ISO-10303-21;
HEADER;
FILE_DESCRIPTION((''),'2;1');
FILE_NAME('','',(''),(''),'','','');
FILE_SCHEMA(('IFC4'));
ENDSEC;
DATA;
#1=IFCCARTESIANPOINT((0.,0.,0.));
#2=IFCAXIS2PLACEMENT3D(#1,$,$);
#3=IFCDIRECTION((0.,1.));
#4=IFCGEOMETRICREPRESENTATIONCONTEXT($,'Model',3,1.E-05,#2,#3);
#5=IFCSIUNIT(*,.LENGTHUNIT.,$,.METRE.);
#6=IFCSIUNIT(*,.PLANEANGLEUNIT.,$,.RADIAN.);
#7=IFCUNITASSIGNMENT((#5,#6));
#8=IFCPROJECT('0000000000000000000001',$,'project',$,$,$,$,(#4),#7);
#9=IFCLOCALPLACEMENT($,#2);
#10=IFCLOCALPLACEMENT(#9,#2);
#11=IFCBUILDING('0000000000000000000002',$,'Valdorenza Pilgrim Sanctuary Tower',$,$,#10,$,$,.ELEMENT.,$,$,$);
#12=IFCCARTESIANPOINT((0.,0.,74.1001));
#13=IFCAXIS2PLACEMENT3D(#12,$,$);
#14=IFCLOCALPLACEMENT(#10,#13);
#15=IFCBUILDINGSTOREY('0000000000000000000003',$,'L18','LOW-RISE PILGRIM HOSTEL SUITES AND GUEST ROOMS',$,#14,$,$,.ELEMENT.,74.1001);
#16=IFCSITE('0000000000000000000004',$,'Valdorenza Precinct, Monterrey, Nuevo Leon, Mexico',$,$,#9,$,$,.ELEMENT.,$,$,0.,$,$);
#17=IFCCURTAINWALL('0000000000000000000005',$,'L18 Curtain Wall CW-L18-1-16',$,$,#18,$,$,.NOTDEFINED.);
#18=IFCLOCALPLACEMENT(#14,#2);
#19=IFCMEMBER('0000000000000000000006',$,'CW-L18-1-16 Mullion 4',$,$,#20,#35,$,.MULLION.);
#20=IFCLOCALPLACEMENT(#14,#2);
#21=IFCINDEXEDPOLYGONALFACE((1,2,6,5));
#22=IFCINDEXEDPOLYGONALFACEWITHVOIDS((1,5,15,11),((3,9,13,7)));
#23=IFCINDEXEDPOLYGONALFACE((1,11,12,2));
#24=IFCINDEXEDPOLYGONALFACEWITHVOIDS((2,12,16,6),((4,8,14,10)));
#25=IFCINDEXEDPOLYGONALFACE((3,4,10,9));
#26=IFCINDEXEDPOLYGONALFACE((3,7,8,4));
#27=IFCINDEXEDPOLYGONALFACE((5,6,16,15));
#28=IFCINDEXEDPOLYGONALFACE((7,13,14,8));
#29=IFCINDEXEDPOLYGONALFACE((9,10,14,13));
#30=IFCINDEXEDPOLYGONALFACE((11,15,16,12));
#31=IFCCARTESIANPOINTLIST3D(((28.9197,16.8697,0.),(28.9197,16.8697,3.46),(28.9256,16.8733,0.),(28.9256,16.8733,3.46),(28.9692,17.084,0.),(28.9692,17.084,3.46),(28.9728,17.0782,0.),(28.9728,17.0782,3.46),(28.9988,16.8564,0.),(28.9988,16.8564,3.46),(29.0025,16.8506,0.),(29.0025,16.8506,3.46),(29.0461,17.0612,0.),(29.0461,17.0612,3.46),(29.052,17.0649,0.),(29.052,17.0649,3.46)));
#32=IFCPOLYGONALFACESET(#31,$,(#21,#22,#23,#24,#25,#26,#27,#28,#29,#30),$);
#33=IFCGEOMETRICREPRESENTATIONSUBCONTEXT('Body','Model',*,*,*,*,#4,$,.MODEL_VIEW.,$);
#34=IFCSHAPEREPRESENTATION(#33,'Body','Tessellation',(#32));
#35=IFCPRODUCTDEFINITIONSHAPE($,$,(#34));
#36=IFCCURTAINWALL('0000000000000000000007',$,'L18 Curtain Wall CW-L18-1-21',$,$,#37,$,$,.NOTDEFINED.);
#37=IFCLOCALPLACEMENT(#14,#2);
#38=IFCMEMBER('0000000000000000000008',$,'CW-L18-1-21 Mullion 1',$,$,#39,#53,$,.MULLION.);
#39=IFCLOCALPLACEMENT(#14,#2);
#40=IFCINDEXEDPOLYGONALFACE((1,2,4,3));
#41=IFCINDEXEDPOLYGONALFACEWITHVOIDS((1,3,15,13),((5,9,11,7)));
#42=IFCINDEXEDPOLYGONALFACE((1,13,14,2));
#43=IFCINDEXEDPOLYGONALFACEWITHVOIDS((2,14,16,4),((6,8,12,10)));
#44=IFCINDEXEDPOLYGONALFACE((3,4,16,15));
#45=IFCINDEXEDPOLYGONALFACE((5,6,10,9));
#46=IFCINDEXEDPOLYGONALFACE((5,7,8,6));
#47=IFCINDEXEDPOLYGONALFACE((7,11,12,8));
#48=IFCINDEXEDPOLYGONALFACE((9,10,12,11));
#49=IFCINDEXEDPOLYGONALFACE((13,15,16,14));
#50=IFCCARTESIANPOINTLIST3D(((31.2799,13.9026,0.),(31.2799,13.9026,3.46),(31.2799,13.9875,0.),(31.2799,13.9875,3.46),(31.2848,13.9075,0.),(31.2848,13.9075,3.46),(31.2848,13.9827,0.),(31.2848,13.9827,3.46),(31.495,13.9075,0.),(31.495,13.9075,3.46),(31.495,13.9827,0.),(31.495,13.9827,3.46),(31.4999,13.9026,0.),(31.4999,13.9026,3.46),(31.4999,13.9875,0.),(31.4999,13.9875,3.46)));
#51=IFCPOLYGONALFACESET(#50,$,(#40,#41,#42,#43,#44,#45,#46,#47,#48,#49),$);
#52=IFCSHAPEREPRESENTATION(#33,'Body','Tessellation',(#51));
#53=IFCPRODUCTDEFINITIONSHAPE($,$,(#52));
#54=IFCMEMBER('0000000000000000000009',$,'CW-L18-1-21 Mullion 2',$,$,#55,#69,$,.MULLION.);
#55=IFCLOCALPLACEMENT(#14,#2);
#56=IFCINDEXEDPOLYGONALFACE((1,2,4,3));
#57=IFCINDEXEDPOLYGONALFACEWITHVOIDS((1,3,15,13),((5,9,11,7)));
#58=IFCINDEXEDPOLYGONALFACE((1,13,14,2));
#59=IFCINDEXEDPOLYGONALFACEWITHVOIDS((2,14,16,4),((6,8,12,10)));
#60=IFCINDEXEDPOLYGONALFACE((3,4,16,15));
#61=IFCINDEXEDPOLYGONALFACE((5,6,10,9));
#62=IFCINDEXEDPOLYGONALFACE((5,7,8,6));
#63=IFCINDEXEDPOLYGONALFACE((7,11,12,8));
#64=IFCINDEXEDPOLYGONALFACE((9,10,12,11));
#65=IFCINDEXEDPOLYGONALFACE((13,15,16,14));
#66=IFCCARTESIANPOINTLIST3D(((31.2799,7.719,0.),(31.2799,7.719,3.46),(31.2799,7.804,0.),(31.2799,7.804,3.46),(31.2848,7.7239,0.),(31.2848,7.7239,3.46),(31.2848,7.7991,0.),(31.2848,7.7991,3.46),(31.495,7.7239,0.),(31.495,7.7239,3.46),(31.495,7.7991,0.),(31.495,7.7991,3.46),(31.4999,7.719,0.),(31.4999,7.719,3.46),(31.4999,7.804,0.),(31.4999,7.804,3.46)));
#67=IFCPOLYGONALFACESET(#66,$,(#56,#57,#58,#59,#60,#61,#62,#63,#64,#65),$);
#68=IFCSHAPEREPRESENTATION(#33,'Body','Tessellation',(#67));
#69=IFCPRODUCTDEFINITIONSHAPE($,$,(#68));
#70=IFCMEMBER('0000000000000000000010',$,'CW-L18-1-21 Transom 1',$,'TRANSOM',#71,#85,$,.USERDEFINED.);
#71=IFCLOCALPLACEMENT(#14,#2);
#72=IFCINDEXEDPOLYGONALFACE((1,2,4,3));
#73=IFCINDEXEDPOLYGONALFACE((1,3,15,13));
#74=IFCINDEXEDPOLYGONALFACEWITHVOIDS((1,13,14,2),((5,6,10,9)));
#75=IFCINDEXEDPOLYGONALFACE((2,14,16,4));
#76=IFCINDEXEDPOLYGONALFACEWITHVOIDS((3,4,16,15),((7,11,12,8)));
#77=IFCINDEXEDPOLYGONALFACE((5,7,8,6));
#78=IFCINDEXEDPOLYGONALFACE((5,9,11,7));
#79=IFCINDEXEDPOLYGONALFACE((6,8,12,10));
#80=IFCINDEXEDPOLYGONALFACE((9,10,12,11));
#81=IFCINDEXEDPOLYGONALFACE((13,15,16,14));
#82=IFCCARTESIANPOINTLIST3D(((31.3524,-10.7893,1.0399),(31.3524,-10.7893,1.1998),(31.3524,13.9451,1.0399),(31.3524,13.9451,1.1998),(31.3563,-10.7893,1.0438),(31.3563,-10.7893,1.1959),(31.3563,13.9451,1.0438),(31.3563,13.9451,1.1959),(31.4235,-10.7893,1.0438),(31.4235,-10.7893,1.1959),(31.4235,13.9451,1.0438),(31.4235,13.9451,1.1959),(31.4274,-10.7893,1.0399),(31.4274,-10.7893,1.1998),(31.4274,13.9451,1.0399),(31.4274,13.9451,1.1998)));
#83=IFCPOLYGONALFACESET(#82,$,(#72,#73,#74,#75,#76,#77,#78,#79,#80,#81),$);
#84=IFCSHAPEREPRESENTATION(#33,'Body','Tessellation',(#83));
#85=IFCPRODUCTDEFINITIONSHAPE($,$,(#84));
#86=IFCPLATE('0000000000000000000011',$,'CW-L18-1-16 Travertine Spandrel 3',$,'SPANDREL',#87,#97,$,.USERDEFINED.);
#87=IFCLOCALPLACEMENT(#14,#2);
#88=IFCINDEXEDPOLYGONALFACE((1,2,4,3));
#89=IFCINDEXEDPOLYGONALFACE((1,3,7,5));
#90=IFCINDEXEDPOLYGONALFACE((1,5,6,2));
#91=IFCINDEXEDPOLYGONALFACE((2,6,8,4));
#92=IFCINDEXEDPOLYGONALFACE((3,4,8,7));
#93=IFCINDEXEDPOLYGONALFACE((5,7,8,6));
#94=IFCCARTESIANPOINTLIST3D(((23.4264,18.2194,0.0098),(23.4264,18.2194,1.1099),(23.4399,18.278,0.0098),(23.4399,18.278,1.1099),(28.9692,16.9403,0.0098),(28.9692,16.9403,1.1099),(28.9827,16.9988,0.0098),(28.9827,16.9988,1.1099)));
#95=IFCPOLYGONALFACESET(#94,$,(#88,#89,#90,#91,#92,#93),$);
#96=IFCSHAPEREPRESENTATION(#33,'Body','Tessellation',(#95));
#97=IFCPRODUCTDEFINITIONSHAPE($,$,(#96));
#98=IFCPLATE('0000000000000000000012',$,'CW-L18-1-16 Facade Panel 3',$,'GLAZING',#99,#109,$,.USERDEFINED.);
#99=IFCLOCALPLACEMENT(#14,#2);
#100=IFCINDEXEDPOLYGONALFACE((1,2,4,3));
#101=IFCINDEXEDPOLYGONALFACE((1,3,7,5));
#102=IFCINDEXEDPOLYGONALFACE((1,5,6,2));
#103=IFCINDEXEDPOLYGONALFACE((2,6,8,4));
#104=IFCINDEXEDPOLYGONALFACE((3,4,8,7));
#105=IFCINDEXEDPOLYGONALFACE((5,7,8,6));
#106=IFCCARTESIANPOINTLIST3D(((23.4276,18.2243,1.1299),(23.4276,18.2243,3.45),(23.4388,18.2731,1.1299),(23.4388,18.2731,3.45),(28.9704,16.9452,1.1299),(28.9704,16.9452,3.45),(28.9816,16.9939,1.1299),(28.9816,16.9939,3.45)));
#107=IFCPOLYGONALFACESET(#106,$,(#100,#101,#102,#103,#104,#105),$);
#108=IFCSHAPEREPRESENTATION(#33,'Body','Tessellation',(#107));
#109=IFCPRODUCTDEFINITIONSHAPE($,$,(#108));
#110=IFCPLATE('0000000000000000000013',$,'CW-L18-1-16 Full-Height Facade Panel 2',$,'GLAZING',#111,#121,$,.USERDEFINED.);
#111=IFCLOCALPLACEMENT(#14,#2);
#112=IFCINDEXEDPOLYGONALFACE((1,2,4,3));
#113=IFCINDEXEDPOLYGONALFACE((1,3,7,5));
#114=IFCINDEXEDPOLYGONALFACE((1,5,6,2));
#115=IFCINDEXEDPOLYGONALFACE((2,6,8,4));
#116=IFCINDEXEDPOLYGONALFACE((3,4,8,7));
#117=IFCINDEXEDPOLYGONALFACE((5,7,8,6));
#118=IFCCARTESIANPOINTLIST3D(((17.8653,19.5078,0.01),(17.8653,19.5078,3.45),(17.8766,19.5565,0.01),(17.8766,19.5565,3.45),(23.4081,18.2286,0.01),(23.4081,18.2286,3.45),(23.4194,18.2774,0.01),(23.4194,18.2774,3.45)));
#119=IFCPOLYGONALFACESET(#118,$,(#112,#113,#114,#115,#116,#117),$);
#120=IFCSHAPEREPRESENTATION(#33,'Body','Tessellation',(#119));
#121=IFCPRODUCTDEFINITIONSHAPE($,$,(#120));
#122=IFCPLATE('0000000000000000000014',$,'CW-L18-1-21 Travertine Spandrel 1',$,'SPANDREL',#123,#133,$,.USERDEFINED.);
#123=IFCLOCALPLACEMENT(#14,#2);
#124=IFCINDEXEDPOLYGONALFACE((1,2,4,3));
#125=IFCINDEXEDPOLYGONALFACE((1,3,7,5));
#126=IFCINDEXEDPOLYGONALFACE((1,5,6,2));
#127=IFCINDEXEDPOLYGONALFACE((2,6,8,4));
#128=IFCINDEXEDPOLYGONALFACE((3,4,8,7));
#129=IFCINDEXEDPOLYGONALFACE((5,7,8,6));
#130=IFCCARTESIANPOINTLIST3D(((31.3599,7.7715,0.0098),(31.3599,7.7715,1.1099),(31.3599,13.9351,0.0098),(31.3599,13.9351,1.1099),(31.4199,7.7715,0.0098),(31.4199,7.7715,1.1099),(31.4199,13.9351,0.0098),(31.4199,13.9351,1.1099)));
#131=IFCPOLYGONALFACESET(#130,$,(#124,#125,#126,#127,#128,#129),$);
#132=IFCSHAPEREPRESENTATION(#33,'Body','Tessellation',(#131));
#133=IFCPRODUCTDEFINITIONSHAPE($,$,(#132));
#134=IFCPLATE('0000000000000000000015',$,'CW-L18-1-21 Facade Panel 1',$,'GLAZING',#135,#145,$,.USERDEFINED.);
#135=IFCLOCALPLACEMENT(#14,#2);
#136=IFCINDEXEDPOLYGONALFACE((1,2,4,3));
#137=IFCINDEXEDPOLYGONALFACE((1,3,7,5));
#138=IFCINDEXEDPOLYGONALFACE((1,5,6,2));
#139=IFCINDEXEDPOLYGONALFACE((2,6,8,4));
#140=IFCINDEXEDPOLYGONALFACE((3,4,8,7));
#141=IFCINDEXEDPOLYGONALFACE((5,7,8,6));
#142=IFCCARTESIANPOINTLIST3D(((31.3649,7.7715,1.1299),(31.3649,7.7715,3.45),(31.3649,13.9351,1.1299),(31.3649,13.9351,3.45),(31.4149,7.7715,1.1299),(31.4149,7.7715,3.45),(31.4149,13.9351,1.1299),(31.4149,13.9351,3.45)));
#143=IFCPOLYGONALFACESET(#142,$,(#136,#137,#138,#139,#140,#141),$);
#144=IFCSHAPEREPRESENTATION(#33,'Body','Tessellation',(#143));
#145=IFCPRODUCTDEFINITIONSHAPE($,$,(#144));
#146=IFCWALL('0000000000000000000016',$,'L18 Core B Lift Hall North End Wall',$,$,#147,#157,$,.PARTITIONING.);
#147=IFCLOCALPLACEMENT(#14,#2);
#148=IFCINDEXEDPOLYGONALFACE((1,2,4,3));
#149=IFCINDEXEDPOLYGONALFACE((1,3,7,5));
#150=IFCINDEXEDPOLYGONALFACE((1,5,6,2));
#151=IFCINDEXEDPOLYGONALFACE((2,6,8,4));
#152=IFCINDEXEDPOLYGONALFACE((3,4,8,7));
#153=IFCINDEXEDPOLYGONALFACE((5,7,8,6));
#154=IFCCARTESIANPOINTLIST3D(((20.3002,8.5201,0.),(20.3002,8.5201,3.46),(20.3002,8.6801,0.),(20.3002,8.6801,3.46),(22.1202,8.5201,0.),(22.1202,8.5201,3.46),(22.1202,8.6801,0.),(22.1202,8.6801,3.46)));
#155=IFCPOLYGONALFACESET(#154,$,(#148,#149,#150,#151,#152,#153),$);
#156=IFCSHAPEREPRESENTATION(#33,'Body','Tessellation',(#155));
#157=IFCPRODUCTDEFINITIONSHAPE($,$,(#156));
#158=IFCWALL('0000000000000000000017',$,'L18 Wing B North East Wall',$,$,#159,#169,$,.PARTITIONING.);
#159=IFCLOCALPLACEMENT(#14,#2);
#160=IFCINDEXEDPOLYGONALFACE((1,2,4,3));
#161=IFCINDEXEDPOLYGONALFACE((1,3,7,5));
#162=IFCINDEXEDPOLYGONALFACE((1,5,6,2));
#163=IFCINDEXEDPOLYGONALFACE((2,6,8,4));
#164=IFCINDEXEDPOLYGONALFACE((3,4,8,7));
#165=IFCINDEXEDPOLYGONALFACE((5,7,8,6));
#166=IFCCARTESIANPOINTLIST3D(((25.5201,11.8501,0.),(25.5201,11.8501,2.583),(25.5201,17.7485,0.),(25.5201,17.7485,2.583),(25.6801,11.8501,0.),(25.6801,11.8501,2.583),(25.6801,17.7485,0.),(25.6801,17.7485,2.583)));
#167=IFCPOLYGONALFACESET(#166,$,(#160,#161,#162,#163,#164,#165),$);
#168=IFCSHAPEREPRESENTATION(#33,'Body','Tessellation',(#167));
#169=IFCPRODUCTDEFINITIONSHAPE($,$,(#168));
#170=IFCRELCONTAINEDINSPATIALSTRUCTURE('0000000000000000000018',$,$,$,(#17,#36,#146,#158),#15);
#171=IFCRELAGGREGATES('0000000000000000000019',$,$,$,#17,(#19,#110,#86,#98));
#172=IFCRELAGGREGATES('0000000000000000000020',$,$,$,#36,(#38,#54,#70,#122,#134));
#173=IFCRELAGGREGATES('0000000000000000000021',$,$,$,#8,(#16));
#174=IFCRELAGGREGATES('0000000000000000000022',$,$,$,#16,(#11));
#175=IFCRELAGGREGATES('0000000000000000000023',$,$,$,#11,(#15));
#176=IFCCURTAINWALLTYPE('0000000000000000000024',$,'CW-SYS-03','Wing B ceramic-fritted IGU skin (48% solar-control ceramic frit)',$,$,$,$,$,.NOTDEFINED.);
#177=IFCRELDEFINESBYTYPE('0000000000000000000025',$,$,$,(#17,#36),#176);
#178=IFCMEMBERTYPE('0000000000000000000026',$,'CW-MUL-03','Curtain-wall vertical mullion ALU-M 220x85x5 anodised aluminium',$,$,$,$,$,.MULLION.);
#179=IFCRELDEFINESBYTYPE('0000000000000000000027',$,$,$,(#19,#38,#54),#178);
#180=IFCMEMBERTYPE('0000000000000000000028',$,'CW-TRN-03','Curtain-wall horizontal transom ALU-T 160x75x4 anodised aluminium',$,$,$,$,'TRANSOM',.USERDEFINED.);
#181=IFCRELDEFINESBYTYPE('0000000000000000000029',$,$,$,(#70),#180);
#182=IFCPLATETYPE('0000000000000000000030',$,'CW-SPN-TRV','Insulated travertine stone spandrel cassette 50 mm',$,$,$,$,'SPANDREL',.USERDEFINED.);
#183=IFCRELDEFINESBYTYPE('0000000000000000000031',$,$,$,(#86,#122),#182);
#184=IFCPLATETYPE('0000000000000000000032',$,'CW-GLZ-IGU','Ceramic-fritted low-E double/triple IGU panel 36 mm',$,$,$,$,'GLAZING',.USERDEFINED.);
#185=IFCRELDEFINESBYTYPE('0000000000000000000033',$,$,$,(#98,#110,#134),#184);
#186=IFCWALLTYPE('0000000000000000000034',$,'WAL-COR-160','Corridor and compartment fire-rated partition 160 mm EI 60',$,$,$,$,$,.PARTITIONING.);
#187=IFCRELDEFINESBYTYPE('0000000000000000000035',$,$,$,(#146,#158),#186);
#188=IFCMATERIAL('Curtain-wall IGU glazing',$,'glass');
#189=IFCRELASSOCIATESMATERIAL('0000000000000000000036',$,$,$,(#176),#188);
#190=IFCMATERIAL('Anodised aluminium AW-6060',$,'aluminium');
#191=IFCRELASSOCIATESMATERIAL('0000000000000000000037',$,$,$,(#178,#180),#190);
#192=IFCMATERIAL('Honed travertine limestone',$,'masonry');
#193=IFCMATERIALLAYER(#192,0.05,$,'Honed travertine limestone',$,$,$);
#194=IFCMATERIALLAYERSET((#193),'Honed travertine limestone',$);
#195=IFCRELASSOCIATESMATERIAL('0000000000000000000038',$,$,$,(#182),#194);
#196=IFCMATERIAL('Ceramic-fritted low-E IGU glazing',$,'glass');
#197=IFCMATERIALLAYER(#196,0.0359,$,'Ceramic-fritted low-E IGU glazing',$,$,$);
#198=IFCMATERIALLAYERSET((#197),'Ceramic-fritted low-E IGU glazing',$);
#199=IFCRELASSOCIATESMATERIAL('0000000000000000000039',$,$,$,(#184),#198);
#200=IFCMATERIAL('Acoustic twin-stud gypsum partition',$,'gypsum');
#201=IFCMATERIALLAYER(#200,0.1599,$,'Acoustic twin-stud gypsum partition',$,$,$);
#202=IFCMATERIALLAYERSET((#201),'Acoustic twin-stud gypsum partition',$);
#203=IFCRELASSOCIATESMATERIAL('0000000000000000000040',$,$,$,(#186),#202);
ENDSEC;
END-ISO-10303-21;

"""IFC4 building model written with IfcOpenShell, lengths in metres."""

from ifc_helpers import new_model, si_unit, direction, frame, frame_2d, origin, origin_2d, place, context, subcontext, project, spatial, rectangle, hollow_rectangle, extrude, source, transform, mapped, material, layer, layer_set, material_profile, profile_set, type_object, element, aggregate, save


model = new_model("IFC4")

# Units and contexts
model_context = context("Model", 3, precision=1e-05, world=origin(), true_north=direction((0.0, 1.0)))
body_context = subcontext(model_context, "Body", "Model", "MODEL_VIEW")
ifc_project = project(units=[si_unit("LENGTHUNIT", "METRE"), si_unit("PLANEANGLEUNIT", "RADIAN")], contexts=[model_context])

# Site, building, storey
site_placement = place(None, origin())
site = spatial("IfcSite", under=ifc_project, at=site_placement, Name="Valdorenza Precinct, Monterrey, Nuevo Leon, Mexico", CompositionType="ELEMENT", RefElevation=0.0)
building_placement = place(site_placement, origin())
building = spatial("IfcBuilding", under=site, at=building_placement, Name="Valdorenza Pilgrim Sanctuary Tower", CompositionType="ELEMENT")
storey_placement = place(building_placement, frame((0.0, 0.0, 74.1001)))
storey = spatial("IfcBuildingStorey", under=building, at=storey_placement, Name="L18", Description="LOW-RISE PILGRIM HOSTEL SUITES AND GUEST ROOMS", CompositionType="ELEMENT", Elevation=74.1001)

# Curtain walls, members
ifc_material_1 = material(Name="Curtain-wall IGU glazing", Category="glass")
curtain_wall_type = type_object("IfcCurtainWallType", Name="CW-SYS-03", Description="Wing B ceramic-fritted IGU skin (48% solar-control ceramic frit)", PredefinedType="NOTDEFINED", material=ifc_material_1)
curtain_wall_1_placement = place(storey_placement, origin())
curtain_wall_1 = element("IfcCurtainWall", 1, at=curtain_wall_1_placement, inside=storey, type_object=curtain_wall_type, Name="L18 Curtain Wall CW-L18-1-16", PredefinedType="NOTDEFINED")
ifc_material_2 = material(Name="Anodised aluminium AW-6060", Category="aluminium")
ifc_material_profile_1 = material_profile(ifc_material_2, hollow_rectangle(XDim=0.085, YDim=0.22, WallThickness=0.0049, at=origin_2d()), Name="ALU-M 220x85x5")
ifc_profile_set_1 = profile_set([ifc_material_profile_1], Name="Anodised aluminium AW-6060")
member_type_1 = type_object("IfcMemberType", Name="CW-MUL-03", Description="Curtain-wall vertical mullion ALU-M 220x85x5 anodised aluminium", PredefinedType="MULLION", material=ifc_profile_set_1)
shared_shape_1 = source(origin(), body_context, "Body", "SweptSolid", [
    extrude(hollow_rectangle(XDim=0.085, YDim=0.22, WallThickness=0.0049, at=origin_2d()), origin(), (0.0, 0.0, 1.0), 3.46),
])
member_1_placement = place(storey_placement, frame((28.9858, 16.9673, 0.0), z_axis=(0.0, 0.0, 1.0), x_axis=(0.97439, -0.224866, 0.0)))
member_1 = element("IfcMember", 2, at=member_1_placement, type_object=member_type_1, Name="CW-L18-1-16 Mullion 4", PredefinedType="MULLION", context=body_context, shape_type="MappedRepresentation", body=[
    mapped(shared_shape_1, transform((0.0, 0.0, 0.0), x_axis=(1.0, 0.0, 0.0), y_axis=(0.0, 1.0, 0.0), z_axis=(0.0, 0.0, 1.0), scale=1.0)),
])
curtain_wall_2_placement = place(storey_placement, origin())
curtain_wall_2 = element("IfcCurtainWall", 3, at=curtain_wall_2_placement, inside=storey, type_object=curtain_wall_type, Name="L18 Curtain Wall CW-L18-1-21", PredefinedType="NOTDEFINED")
member_2_placement = place(storey_placement, frame((31.3899, 13.9451, 0.0), z_axis=(0.0, 0.0, 1.0), x_axis=(0.0, -1.0, 0.0)))
member_2 = element("IfcMember", 4, at=member_2_placement, type_object=member_type_1, Name="CW-L18-1-21 Mullion 1", PredefinedType="MULLION", context=body_context, shape_type="MappedRepresentation", body=[
    mapped(shared_shape_1, transform((0.0, 0.0, 0.0), x_axis=(1.0, 0.0, 0.0), y_axis=(0.0, 1.0, 0.0), z_axis=(0.0, 0.0, 1.0), scale=1.0)),
])
member_3_placement = place(storey_placement, frame((31.3899, 7.7615, 0.0), z_axis=(0.0, 0.0, 1.0), x_axis=(0.0, -1.0, 0.0)))
member_3 = element("IfcMember", 5, at=member_3_placement, type_object=member_type_1, Name="CW-L18-1-21 Mullion 2", PredefinedType="MULLION", context=body_context, shape_type="MappedRepresentation", body=[
    mapped(shared_shape_1, transform((0.0, 0.0, 0.0), x_axis=(1.0, 0.0, 0.0), y_axis=(0.0, 1.0, 0.0), z_axis=(0.0, 0.0, 1.0), scale=1.0)),
])
ifc_material_profile_2 = material_profile(ifc_material_2, hollow_rectangle(XDim=0.075, YDim=0.1599, WallThickness=0.0039, at=origin_2d()), Name="ALU-T 160x75x4")
ifc_profile_set_2 = profile_set([ifc_material_profile_2], Name="Anodised aluminium AW-6060")
member_type_2 = type_object("IfcMemberType", Name="CW-TRN-03", Description="Curtain-wall horizontal transom ALU-T 160x75x4 anodised aluminium", ElementType="TRANSOM", PredefinedType="USERDEFINED", material=ifc_profile_set_2)
shared_shape_2 = source(origin(), body_context, "Body", "SweptSolid", [
    extrude(hollow_rectangle(XDim=0.075, YDim=0.1599, WallThickness=0.0039, at=origin_2d()), origin(), (0.0, 0.0, 1.0), 24.7344),
])
member_4_placement = place(storey_placement, frame((31.3899, 13.9451, 1.1199), z_axis=(0.0, -1.0, 0.0), x_axis=(1.0, 0.0, 0.0)))
member_4 = element("IfcMember", 6, at=member_4_placement, type_object=member_type_2, Name="CW-L18-1-21 Transom 1", ObjectType="TRANSOM", PredefinedType="USERDEFINED", context=body_context, shape_type="MappedRepresentation", body=[
    mapped(shared_shape_2, transform((0.0, 0.0, 0.0), x_axis=(1.0, 0.0, 0.0), y_axis=(0.0, 1.0, 0.0), z_axis=(0.0, 0.0, 1.0), scale=1.0)),
])

# Plates
ifc_material_3 = material(Name="Honed travertine limestone", Category="masonry")
ifc_layer_1 = layer(ifc_material_3, 0.05, Name="Honed travertine limestone")
ifc_layer_set_1 = layer_set([ifc_layer_1], Name="Honed travertine limestone")
plate_type_1 = type_object("IfcPlateType", Name="CW-SPN-TRV", Description="Insulated travertine stone spandrel cassette 50 mm", ElementType="SPANDREL", PredefinedType="USERDEFINED", material=ifc_layer_set_1)
shared_shape_3 = source(origin(), body_context, "Body", "SweptSolid", [
    extrude(rectangle(XDim=5.6885, YDim=0.0601, at=origin_2d()), origin(), (0.0, 0.0, 1.0), 1.1001),
])
plate_1_placement = place(storey_placement, frame((26.2046, 17.6091, 0.0098), z_axis=(0.0, 0.0, 1.0), x_axis=(0.97439, -0.224866, 0.0)))
plate_1 = element("IfcPlate", 7, at=plate_1_placement, type_object=plate_type_1, Name="CW-L18-1-16 Travertine Spandrel 3", ObjectType="SPANDREL", PredefinedType="USERDEFINED", context=body_context, shape_type="MappedRepresentation", body=[
    mapped(shared_shape_3, transform((0.0, 0.0, 0.0), x_axis=(1.0, 0.0, 0.0), y_axis=(0.0, 1.0, 0.0), z_axis=(0.0, 0.0, 1.0), scale=1.0)),
])
ifc_material_4 = material(Name="Ceramic-fritted low-E IGU glazing", Category="glass")
ifc_layer_2 = layer(ifc_material_4, 0.0359, Name="Ceramic-fritted low-E IGU glazing")
ifc_layer_set_2 = layer_set([ifc_layer_2], Name="Ceramic-fritted low-E IGU glazing")
plate_type_2 = type_object("IfcPlateType", Name="CW-GLZ-IGU", Description="Ceramic-fritted low-E double/triple IGU panel 36 mm", ElementType="GLAZING", PredefinedType="USERDEFINED", material=ifc_layer_set_2)
shared_shape_4 = source(origin(), body_context, "Body", "SweptSolid", [
    extrude(rectangle(XDim=5.6885, YDim=0.05, at=origin_2d()), origin(), (0.0, 0.0, 1.0), 2.3201),
])
plate_2_placement = place(storey_placement, frame((26.2046, 17.6091, 1.1299), z_axis=(0.0, 0.0, 1.0), x_axis=(0.97439, -0.224866, 0.0)))
plate_2 = element("IfcPlate", 8, at=plate_2_placement, type_object=plate_type_2, Name="CW-L18-1-16 Facade Panel 3", ObjectType="GLAZING", PredefinedType="USERDEFINED", context=body_context, shape_type="MappedRepresentation", body=[
    mapped(shared_shape_4, transform((0.0, 0.0, 0.0), x_axis=(1.0, 0.0, 0.0), y_axis=(0.0, 1.0, 0.0), z_axis=(0.0, 0.0, 1.0), scale=1.0)),
])
shared_shape_5 = source(origin(), body_context, "Body", "SweptSolid", [
    extrude(rectangle(XDim=5.6885, YDim=0.05, at=origin_2d()), origin(), (0.0, 0.0, 1.0), 3.4399),
])
plate_3_placement = place(storey_placement, frame((20.6423, 18.8926, 0.01), z_axis=(0.0, 0.0, 1.0), x_axis=(0.97439, -0.224866, 0.0)))
plate_3 = element("IfcPlate", 9, at=plate_3_placement, type_object=plate_type_2, Name="CW-L18-1-16 Full-Height Facade Panel 2", ObjectType="GLAZING", PredefinedType="USERDEFINED", context=body_context, shape_type="MappedRepresentation", body=[
    mapped(shared_shape_5, transform((0.0, 0.0, 0.0), x_axis=(1.0, 0.0, 0.0), y_axis=(0.0, 1.0, 0.0), z_axis=(0.0, 0.0, 1.0), scale=1.0)),
])
aggregate(curtain_wall_1, [member_1, plate_3, plate_1, plate_2])
shared_shape_6 = source(origin(), body_context, "Body", "SweptSolid", [
    extrude(rectangle(XDim=6.1636, YDim=0.0601, at=origin_2d()), origin(), (0.0, 0.0, 1.0), 1.1001),
])
plate_4_placement = place(storey_placement, frame((31.3899, 10.8533, 0.0098), z_axis=(0.0, 0.0, 1.0), x_axis=(0.0, -1.0, 0.0)))
plate_4 = element("IfcPlate", 10, at=plate_4_placement, type_object=plate_type_1, Name="CW-L18-1-21 Travertine Spandrel 1", ObjectType="SPANDREL", PredefinedType="USERDEFINED", context=body_context, shape_type="MappedRepresentation", body=[
    mapped(shared_shape_6, transform((0.0, 0.0, 0.0), x_axis=(1.0, 0.0, 0.0), y_axis=(0.0, 1.0, 0.0), z_axis=(0.0, 0.0, 1.0), scale=1.0)),
])
shared_shape_7 = source(origin(), body_context, "Body", "SweptSolid", [
    extrude(rectangle(XDim=6.1636, YDim=0.05, at=origin_2d()), origin(), (0.0, 0.0, 1.0), 2.3201),
])
plate_5_placement = place(storey_placement, frame((31.3899, 10.8533, 1.1299), z_axis=(0.0, 0.0, 1.0), x_axis=(0.0, -1.0, 0.0)))
plate_5 = element("IfcPlate", 11, at=plate_5_placement, type_object=plate_type_2, Name="CW-L18-1-21 Facade Panel 1", ObjectType="GLAZING", PredefinedType="USERDEFINED", context=body_context, shape_type="MappedRepresentation", body=[
    mapped(shared_shape_7, transform((0.0, 0.0, 0.0), x_axis=(1.0, 0.0, 0.0), y_axis=(0.0, 1.0, 0.0), z_axis=(0.0, 0.0, 1.0), scale=1.0)),
])
aggregate(curtain_wall_2, [member_2, member_3, member_4, plate_4, plate_5])

# Walls
ifc_material_5 = material(Name="Acoustic twin-stud gypsum partition", Category="gypsum")
ifc_layer_3 = layer(ifc_material_5, 0.1599, Name="Acoustic twin-stud gypsum partition")
ifc_layer_set_3 = layer_set([ifc_layer_3], Name="Acoustic twin-stud gypsum partition")
wall_type_1 = type_object("IfcWallType", Name="WAL-COR-160", Description="Corridor and compartment fire-rated partition 160 mm EI 60", PredefinedType="PARTITIONING", material=ifc_layer_set_3)
wall_1_placement = place(storey_placement, frame((20.3, 8.6001, 0.0), z_axis=(0.0, 0.0, 1.0), x_axis=(1.0, 0.0, 0.0)))
element("IfcWall", 12, at=wall_1_placement, inside=storey, type_object=wall_type_1, Name="L18 Core B Lift Hall North End Wall", PredefinedType="PARTITIONING", context=body_context, shape_type="SweptSolid", body=[
    extrude(rectangle(XDim=1.8201, YDim=0.1599, at=frame_2d((0.9102, 0.0))), origin(), (0.0, 0.0, 1.0), 3.46),
])
wall_2_placement = place(storey_placement, frame((25.6001, 11.8501, 0.0), z_axis=(0.0, 0.0, 1.0), x_axis=(0.0, 1.0, 0.0)))
element("IfcWall", 13, at=wall_2_placement, inside=storey, type_object=wall_type_1, Name="L18 Wing B North East Wall", PredefinedType="PARTITIONING", context=body_context, shape_type="SweptSolid", body=[
    extrude(rectangle(XDim=5.8984, YDim=0.1599, at=frame_2d((2.9492, 0.0))), origin(), (0.0, 0.0, 1.0), 2.583),
])

save(model, "model.ifc")
